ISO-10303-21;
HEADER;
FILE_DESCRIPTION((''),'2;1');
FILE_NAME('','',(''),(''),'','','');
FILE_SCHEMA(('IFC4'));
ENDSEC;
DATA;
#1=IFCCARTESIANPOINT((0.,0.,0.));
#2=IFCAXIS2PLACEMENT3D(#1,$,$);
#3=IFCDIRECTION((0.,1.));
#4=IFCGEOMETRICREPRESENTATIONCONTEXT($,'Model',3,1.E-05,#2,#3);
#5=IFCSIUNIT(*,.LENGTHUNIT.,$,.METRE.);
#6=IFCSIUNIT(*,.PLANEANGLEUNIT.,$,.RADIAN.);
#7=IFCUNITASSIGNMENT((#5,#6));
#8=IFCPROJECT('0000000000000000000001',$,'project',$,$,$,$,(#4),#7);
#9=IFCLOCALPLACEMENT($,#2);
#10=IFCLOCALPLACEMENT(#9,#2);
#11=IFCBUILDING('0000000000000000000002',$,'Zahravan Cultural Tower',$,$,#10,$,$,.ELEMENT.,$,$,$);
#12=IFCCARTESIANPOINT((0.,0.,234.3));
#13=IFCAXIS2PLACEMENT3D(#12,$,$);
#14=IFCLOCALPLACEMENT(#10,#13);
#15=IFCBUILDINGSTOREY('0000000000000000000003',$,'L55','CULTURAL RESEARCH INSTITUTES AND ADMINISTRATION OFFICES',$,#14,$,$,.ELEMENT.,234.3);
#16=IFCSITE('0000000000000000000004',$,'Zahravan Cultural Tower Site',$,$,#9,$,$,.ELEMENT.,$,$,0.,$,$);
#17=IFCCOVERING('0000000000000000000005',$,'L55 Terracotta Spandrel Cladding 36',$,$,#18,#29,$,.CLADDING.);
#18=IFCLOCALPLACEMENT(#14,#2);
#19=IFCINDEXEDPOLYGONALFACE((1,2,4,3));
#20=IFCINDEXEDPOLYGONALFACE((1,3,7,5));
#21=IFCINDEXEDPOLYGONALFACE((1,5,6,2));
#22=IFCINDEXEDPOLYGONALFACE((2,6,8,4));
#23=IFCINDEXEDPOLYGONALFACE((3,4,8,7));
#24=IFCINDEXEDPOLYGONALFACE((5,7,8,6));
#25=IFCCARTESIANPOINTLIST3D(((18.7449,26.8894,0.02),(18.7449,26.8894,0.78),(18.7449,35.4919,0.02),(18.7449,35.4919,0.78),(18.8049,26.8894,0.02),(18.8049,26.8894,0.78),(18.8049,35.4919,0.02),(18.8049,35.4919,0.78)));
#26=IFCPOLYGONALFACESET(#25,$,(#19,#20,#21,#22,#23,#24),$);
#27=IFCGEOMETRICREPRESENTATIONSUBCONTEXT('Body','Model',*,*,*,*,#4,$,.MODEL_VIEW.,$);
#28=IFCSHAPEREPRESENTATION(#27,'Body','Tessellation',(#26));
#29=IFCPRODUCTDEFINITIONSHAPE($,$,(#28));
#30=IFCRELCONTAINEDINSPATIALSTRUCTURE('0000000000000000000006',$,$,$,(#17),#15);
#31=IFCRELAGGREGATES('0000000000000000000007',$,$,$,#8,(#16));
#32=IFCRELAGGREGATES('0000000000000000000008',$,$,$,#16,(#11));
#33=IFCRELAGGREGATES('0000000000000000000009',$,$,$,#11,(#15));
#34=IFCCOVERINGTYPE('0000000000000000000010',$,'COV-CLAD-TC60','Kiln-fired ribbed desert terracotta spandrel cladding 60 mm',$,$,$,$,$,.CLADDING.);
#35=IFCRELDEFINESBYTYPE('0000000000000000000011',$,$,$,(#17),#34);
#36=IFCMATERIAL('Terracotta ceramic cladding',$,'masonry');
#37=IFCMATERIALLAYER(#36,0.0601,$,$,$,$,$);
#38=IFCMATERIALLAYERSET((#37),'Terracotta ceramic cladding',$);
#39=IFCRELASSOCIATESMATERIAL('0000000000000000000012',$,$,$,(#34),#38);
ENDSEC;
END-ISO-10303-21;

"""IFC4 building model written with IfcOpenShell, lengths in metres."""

from ifc_helpers import new_model, si_unit, direction, frame, origin, origin_2d, place, context, subcontext, project, spatial, rectangle, extrude, source, transform, mapped, material, layer, layer_set, type_object, element, save


model = new_model("IFC4")

# Units and contexts
model_context = context("Model", 3, precision=1e-05, world=origin(), true_north=direction((0.0, 1.0)))
body_context = subcontext(model_context, "Body", "Model", "MODEL_VIEW")
ifc_project = project(units=[si_unit("LENGTHUNIT", "METRE"), si_unit("PLANEANGLEUNIT", "RADIAN")], contexts=[model_context])

# Site, building, storey
site_placement = place(None, origin())
site = spatial("IfcSite", under=ifc_project, at=site_placement, Name="Zahravan Cultural Tower Site", CompositionType="ELEMENT", RefElevation=0.0)
building_placement = place(site_placement, origin())
building = spatial("IfcBuilding", under=site, at=building_placement, Name="Zahravan Cultural Tower", CompositionType="ELEMENT")
storey_placement = place(building_placement, frame((0.0, 0.0, 234.3)))
storey = spatial("IfcBuildingStorey", under=building, at=storey_placement, Name="L55", Description="CULTURAL RESEARCH INSTITUTES AND ADMINISTRATION OFFICES", CompositionType="ELEMENT", Elevation=234.3)

# Covering
ifc_material_1 = material(Name="Terracotta ceramic cladding", Category="masonry")
ifc_layer_1 = layer(ifc_material_1, 0.0601)
ifc_layer_set_1 = layer_set([ifc_layer_1], Name="Terracotta ceramic cladding")
covering_type = type_object("IfcCoveringType", Name="COV-CLAD-TC60", Description="Kiln-fired ribbed desert terracotta spandrel cladding 60 mm", PredefinedType="CLADDING", material=ifc_layer_set_1)
shared_shape_1 = source(origin(), body_context, "Body", "SweptSolid", [
    extrude(rectangle(XDim=8.6025, YDim=0.0601, at=origin_2d()), origin(), (0.0, 0.0, 1.0), 0.76),
])
covering_1_placement = place(storey_placement, frame((18.7749, 31.1907, 0.02), z_axis=(0.0, 0.0, 1.0), x_axis=(0.0, 1.0, 0.0)))
element("IfcCovering", 1, at=covering_1_placement, inside=storey, type_object=covering_type, Name="L55 Terracotta Spandrel Cladding 36", PredefinedType="CLADDING", context=body_context, shape_type="MappedRepresentation", body=[
    mapped(shared_shape_1, transform((0.0, 0.0, 0.0), x_axis=(1.0, 0.0, 0.0), y_axis=(0.0, 1.0, 0.0), z_axis=(0.0, 0.0, 1.0), scale=1.0)),
])

save(model, "model.ifc")
